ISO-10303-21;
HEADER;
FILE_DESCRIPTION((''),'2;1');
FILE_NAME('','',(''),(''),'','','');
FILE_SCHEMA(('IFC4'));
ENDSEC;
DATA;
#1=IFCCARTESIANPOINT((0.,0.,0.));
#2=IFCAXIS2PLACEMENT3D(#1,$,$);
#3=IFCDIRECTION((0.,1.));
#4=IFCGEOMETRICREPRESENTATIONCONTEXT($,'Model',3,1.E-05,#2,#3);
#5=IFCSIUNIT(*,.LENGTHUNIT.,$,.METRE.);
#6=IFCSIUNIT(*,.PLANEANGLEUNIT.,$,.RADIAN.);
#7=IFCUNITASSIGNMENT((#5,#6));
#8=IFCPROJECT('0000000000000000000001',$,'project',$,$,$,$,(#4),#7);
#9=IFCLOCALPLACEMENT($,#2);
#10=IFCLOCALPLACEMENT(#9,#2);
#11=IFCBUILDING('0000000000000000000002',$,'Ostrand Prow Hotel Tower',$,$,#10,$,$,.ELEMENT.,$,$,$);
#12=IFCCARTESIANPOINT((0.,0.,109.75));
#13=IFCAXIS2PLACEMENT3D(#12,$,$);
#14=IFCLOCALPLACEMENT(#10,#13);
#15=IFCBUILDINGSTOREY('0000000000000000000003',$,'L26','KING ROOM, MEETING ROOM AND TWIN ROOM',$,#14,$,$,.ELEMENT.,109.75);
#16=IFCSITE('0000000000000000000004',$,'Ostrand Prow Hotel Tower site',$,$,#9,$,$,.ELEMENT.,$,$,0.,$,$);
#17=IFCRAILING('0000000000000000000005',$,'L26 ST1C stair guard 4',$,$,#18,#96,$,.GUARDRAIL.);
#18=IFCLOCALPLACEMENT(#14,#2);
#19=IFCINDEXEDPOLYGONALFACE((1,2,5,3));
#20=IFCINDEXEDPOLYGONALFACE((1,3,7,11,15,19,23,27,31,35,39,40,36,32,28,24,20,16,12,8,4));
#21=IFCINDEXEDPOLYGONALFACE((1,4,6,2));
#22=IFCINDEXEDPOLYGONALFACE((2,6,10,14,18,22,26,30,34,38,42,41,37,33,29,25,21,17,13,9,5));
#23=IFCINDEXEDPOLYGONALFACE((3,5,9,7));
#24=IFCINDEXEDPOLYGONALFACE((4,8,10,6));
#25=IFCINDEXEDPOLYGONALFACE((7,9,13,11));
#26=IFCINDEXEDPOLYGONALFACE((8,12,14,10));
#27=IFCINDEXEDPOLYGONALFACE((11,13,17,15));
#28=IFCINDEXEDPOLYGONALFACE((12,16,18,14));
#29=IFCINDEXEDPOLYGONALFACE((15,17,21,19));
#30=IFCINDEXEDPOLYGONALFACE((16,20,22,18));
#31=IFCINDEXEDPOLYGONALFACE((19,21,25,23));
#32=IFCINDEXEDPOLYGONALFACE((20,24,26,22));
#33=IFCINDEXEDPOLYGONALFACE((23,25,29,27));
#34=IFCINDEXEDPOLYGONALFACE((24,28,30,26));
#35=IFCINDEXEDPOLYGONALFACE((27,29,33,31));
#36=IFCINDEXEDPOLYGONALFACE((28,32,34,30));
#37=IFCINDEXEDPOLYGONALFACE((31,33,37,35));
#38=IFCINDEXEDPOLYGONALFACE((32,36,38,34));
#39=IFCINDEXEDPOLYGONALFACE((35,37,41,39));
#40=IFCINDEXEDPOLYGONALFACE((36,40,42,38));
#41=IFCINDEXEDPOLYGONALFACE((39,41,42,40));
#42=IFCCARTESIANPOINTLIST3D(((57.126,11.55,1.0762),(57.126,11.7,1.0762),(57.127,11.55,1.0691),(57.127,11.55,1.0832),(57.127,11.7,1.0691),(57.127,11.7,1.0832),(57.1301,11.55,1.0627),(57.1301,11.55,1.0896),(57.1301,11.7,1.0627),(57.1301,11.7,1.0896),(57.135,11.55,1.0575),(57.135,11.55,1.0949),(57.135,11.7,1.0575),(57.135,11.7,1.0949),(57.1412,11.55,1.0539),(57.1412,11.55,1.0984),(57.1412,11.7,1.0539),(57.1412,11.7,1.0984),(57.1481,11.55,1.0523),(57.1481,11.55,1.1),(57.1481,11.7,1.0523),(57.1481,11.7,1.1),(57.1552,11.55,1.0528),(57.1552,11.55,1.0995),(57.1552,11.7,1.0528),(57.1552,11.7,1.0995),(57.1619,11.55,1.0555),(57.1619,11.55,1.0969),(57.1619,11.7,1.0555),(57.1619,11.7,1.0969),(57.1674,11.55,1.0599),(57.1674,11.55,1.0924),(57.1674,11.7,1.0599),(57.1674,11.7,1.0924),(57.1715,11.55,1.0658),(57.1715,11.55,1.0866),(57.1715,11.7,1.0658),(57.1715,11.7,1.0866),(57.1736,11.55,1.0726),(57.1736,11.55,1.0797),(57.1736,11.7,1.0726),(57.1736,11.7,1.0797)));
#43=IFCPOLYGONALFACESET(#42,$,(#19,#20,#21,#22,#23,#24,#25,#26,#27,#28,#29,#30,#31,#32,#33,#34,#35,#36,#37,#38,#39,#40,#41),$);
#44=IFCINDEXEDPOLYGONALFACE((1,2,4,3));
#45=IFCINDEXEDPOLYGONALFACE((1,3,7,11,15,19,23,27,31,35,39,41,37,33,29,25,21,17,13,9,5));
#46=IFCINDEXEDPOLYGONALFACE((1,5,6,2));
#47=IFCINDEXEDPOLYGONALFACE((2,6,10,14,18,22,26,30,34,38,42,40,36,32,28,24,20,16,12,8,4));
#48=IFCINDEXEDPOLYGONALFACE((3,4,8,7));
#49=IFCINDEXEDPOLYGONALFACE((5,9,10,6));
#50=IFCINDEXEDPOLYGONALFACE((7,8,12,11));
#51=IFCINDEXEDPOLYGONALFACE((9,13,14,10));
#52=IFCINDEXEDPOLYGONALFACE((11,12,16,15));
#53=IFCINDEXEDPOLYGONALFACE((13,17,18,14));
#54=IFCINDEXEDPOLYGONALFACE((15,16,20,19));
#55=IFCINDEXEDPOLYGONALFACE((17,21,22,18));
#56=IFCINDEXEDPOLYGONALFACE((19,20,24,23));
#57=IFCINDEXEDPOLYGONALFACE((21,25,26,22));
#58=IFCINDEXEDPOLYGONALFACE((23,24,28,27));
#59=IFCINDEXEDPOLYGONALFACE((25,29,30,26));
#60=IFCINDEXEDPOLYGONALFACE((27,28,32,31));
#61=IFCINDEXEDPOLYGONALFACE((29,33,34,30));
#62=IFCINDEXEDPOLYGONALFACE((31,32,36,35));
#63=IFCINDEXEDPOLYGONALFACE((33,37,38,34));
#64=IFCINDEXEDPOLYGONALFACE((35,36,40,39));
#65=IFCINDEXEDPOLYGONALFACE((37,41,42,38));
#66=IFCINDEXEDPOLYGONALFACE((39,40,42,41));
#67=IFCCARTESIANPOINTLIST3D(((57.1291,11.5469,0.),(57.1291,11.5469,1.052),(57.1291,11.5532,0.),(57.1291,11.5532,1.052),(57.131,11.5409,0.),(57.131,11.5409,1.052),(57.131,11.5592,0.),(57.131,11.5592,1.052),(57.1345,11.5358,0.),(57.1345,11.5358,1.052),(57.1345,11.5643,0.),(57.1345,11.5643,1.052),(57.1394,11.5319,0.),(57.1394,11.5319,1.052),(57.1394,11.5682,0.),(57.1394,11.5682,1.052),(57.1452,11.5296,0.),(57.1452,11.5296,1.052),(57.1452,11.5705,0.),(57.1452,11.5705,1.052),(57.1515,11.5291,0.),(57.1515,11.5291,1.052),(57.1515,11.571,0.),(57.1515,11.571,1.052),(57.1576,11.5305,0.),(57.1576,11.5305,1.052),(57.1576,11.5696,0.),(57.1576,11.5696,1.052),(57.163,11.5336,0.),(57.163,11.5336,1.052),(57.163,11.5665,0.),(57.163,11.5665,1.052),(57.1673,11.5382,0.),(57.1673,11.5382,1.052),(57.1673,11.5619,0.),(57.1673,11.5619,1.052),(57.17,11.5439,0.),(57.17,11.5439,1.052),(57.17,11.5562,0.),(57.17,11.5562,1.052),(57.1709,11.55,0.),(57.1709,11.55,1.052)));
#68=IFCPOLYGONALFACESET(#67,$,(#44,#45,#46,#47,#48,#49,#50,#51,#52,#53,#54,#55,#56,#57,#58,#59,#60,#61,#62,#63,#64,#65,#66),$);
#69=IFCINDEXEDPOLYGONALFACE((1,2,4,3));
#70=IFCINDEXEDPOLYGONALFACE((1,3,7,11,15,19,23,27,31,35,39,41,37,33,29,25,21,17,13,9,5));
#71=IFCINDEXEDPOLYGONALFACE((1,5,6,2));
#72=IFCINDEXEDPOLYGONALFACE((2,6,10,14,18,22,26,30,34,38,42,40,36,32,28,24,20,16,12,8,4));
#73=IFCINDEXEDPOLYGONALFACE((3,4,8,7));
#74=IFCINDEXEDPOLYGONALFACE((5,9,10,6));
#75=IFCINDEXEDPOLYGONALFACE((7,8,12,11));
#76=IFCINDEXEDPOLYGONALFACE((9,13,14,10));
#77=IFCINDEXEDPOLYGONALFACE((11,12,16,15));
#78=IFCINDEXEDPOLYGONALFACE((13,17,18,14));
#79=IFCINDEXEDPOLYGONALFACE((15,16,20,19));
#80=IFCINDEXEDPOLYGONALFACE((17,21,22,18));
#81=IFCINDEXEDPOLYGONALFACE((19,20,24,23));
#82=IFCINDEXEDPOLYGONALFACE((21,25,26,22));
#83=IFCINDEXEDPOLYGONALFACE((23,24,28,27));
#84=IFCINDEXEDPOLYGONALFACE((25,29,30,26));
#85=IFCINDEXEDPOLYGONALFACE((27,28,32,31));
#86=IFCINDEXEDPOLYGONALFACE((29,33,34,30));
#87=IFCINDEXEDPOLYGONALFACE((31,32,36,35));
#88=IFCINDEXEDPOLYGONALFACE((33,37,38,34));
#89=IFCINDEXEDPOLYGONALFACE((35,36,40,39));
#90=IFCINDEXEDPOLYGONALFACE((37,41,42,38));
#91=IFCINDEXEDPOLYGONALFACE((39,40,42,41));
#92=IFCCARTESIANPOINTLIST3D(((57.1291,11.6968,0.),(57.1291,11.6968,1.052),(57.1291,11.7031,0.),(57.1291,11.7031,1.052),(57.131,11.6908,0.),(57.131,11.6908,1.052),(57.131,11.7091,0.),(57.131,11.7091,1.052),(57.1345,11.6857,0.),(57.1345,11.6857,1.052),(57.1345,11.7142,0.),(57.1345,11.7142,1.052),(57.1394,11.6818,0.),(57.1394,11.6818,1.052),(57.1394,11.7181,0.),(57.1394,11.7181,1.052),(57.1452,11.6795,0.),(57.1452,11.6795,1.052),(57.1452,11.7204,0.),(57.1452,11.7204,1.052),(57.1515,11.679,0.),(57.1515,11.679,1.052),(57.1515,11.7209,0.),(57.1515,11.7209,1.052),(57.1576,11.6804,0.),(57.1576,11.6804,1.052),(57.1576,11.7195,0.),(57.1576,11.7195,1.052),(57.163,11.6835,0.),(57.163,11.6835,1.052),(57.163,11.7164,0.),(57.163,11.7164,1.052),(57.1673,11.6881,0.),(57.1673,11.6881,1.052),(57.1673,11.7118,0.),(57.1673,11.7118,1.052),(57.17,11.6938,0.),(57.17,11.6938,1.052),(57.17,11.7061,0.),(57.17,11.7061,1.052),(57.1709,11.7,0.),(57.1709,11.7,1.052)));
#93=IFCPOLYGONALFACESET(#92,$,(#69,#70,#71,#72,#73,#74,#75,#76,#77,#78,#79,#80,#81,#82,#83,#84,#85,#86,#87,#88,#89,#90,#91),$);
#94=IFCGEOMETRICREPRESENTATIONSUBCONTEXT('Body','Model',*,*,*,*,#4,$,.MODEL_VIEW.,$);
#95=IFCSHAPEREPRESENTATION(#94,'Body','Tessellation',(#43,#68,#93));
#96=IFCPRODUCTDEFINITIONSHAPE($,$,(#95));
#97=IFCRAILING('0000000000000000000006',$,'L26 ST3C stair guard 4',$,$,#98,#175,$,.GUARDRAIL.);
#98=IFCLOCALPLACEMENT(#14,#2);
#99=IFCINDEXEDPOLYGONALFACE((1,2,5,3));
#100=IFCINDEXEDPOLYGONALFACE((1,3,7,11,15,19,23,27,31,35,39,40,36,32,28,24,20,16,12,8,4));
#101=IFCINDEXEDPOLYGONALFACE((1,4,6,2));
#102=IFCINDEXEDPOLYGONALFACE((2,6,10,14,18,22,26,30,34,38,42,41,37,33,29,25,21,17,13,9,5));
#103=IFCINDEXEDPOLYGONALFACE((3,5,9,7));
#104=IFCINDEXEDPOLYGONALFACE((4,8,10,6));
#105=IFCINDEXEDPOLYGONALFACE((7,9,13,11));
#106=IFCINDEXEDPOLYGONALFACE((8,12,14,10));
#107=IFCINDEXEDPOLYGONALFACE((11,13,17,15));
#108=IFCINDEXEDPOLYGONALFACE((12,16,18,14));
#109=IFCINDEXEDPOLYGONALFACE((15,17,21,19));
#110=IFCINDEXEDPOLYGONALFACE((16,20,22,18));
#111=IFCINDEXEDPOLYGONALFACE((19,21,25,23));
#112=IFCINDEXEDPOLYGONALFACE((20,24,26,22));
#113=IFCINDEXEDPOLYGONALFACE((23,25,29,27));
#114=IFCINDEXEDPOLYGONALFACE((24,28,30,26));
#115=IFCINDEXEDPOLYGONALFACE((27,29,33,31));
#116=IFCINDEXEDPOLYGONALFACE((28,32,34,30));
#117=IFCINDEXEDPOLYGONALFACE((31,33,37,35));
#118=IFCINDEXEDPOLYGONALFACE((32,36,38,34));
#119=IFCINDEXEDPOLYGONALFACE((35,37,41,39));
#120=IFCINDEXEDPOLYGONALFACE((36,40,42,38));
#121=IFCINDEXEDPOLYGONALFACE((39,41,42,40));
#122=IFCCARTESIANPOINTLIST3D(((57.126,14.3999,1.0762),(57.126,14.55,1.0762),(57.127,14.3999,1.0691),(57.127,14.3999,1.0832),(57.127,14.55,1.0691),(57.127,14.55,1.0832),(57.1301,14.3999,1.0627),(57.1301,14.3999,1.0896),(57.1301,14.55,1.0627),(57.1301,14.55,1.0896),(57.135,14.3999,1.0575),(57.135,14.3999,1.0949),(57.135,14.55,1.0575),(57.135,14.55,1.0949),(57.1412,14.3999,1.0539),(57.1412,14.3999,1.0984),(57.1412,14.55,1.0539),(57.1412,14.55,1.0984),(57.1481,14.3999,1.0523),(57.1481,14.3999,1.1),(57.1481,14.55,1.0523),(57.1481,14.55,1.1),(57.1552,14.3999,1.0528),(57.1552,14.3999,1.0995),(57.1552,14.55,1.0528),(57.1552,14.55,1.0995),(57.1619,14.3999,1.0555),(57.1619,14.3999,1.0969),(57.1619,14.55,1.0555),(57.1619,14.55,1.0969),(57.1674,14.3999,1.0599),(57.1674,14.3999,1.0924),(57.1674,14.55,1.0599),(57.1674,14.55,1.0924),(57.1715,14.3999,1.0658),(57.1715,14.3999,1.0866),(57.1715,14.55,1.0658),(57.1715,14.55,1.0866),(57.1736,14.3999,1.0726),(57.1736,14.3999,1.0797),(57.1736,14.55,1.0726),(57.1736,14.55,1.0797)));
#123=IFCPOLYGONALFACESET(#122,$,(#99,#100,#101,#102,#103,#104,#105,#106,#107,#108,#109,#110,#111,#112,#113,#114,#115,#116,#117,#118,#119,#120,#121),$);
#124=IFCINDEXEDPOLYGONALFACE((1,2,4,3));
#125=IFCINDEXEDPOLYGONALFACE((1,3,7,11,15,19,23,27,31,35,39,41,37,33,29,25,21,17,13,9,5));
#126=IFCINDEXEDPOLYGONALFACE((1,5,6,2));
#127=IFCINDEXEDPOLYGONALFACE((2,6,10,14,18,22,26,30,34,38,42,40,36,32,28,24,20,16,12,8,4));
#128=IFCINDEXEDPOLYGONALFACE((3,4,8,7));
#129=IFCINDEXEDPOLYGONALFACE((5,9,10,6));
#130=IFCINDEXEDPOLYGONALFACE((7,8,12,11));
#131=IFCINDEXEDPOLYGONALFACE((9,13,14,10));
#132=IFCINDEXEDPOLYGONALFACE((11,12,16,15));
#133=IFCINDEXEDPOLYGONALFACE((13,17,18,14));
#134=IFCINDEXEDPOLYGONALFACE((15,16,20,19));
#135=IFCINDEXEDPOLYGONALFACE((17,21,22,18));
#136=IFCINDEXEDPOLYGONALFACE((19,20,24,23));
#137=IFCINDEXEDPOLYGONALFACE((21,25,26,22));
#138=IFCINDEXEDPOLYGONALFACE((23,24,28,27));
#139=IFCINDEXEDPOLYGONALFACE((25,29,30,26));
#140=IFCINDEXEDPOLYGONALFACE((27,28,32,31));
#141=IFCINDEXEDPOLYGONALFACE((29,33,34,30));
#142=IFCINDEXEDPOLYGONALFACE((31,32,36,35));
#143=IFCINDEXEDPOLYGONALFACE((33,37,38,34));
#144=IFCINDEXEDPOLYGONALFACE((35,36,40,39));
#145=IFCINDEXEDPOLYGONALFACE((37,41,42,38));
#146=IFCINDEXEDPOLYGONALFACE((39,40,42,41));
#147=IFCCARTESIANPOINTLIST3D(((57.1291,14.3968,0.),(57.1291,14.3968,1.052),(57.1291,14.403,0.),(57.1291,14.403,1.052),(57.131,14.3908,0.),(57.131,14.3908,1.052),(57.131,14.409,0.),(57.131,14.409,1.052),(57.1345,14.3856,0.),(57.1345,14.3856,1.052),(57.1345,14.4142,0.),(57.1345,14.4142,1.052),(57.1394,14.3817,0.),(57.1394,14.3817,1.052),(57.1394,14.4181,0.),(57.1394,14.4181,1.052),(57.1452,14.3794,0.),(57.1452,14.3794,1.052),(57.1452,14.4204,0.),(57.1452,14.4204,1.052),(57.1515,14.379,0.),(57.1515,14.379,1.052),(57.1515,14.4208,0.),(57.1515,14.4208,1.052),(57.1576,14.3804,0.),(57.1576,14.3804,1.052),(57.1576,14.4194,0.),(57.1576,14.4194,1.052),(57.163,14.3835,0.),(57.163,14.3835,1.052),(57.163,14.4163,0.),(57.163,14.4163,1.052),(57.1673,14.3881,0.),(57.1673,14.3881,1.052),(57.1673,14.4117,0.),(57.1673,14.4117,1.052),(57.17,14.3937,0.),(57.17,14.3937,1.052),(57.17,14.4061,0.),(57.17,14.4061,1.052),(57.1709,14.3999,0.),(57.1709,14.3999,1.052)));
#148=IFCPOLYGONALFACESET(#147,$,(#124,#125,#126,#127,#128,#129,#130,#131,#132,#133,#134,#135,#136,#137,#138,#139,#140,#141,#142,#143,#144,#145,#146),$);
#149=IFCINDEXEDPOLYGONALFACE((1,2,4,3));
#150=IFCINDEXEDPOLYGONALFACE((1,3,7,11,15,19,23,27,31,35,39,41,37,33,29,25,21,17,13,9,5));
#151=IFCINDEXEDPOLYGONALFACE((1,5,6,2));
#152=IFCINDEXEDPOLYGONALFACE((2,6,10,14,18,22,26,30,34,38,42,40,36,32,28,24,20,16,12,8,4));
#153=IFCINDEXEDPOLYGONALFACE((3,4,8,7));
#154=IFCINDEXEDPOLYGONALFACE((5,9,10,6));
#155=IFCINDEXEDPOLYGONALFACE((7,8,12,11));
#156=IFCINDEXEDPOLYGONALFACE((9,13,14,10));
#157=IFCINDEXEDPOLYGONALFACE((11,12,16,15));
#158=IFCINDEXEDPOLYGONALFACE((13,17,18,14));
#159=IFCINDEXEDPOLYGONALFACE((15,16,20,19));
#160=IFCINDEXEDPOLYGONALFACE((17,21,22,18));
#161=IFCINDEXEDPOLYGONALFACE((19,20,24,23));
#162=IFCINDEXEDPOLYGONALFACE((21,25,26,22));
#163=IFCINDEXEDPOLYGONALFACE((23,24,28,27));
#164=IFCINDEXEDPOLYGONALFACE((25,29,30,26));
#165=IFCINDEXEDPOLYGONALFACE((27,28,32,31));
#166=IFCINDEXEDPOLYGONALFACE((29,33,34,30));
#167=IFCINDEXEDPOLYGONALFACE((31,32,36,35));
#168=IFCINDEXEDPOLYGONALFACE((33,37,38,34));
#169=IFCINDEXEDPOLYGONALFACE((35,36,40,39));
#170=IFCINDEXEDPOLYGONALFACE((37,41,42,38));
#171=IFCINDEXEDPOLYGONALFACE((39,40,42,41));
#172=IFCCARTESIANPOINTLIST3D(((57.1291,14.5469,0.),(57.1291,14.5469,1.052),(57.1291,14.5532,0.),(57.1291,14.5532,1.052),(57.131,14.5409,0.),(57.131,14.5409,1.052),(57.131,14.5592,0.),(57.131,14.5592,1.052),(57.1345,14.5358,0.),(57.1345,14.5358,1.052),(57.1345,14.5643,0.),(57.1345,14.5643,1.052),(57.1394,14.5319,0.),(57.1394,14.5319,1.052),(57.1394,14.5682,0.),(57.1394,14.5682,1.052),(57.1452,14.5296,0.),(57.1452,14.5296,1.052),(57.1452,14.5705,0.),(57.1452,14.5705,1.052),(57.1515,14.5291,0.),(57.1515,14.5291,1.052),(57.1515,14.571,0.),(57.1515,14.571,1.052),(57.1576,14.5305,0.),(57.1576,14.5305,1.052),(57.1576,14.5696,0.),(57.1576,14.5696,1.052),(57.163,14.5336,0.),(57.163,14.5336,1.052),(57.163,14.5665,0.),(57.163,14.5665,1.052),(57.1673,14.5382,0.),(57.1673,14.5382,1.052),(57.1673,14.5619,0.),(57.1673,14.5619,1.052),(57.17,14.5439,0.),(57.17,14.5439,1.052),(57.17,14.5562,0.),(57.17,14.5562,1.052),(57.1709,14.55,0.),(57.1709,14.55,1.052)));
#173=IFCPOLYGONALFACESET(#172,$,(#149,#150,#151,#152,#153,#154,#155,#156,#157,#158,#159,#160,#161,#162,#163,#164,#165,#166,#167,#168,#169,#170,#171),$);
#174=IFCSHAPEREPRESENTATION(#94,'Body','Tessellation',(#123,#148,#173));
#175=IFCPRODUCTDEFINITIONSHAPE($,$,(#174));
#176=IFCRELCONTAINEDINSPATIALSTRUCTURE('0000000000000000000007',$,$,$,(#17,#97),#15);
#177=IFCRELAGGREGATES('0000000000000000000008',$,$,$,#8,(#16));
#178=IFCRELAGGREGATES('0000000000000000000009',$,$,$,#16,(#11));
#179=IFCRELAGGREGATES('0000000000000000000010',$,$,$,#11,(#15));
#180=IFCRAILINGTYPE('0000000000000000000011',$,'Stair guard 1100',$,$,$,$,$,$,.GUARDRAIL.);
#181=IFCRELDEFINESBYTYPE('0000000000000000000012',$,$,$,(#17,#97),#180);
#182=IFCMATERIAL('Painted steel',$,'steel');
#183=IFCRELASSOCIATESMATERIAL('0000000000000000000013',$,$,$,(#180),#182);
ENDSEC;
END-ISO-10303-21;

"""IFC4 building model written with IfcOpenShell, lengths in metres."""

from ifc_helpers import new_model, si_unit, direction, frame, origin, origin_2d, place, context, subcontext, project, spatial, circle, extrude, material, type_object, element, save


model = new_model("IFC4")

# Units and contexts
model_context = context("Model", 3, precision=1e-05, world=origin(), true_north=direction((0.0, 1.0)))
body_context = subcontext(model_context, "Body", "Model", "MODEL_VIEW")
ifc_project = project(units=[si_unit("LENGTHUNIT", "METRE"), si_unit("PLANEANGLEUNIT", "RADIAN")], contexts=[model_context])

# Site, building, storey
site_placement = place(None, origin())
site = spatial("IfcSite", under=ifc_project, at=site_placement, Name="Ostrand Prow Hotel Tower site", CompositionType="ELEMENT", RefElevation=0.0)
building_placement = place(site_placement, origin())
building = spatial("IfcBuilding", under=site, at=building_placement, Name="Ostrand Prow Hotel Tower", CompositionType="ELEMENT")
storey_placement = place(building_placement, frame((0.0, 0.0, 109.75)))
storey = spatial("IfcBuildingStorey", under=building, at=storey_placement, Name="L26", Description="KING ROOM, MEETING ROOM AND TWIN ROOM", CompositionType="ELEMENT", Elevation=109.75)

# Railings
ifc_material_1 = material(Name="Painted steel", Category="steel")
railing_type = type_object("IfcRailingType", Name="Stair guard 1100", PredefinedType="GUARDRAIL", material=ifc_material_1)
railing_1_placement = place(storey_placement, frame((57.1499, 11.55, 0.0)))
element("IfcRailing", 1, at=railing_1_placement, inside=storey, type_object=railing_type, Name="L26 ST1C stair guard 4", PredefinedType="GUARDRAIL", context=body_context, shape_type="SweptSolid", body=[
    extrude(circle(Radius=0.0239, at=origin_2d()), frame((0.0, 0.0, 1.0762), z_axis=(0.0, 1.0, 0.0), x_axis=(-1.0, 0.0, 0.0)), (0.0, 0.0, 1.0), 0.1499),
    extrude(circle(Radius=0.021, at=origin_2d()), origin(), (0.0, 0.0, 1.0), 1.052),
    extrude(circle(Radius=0.021, at=origin_2d()), frame((0.0, 0.1499, 0.0)), (0.0, 0.0, 1.0), 1.052),
])
railing_2_placement = place(storey_placement, frame((57.1499, 14.3999, 0.0)))
element("IfcRailing", 2, at=railing_2_placement, inside=storey, type_object=railing_type, Name="L26 ST3C stair guard 4", PredefinedType="GUARDRAIL", context=body_context, shape_type="SweptSolid", body=[
    extrude(circle(Radius=0.0239, at=origin_2d()), frame((0.0, 0.0, 1.0762), z_axis=(0.0, 1.0, 0.0), x_axis=(-1.0, 0.0, 0.0)), (0.0, 0.0, 1.0), 0.1501),
    extrude(circle(Radius=0.021, at=origin_2d()), origin(), (0.0, 0.0, 1.0), 1.052),
    extrude(circle(Radius=0.021, at=origin_2d()), frame((0.0, 0.1501, 0.0)), (0.0, 0.0, 1.0), 1.052),
])

save(model, "model.ifc")
